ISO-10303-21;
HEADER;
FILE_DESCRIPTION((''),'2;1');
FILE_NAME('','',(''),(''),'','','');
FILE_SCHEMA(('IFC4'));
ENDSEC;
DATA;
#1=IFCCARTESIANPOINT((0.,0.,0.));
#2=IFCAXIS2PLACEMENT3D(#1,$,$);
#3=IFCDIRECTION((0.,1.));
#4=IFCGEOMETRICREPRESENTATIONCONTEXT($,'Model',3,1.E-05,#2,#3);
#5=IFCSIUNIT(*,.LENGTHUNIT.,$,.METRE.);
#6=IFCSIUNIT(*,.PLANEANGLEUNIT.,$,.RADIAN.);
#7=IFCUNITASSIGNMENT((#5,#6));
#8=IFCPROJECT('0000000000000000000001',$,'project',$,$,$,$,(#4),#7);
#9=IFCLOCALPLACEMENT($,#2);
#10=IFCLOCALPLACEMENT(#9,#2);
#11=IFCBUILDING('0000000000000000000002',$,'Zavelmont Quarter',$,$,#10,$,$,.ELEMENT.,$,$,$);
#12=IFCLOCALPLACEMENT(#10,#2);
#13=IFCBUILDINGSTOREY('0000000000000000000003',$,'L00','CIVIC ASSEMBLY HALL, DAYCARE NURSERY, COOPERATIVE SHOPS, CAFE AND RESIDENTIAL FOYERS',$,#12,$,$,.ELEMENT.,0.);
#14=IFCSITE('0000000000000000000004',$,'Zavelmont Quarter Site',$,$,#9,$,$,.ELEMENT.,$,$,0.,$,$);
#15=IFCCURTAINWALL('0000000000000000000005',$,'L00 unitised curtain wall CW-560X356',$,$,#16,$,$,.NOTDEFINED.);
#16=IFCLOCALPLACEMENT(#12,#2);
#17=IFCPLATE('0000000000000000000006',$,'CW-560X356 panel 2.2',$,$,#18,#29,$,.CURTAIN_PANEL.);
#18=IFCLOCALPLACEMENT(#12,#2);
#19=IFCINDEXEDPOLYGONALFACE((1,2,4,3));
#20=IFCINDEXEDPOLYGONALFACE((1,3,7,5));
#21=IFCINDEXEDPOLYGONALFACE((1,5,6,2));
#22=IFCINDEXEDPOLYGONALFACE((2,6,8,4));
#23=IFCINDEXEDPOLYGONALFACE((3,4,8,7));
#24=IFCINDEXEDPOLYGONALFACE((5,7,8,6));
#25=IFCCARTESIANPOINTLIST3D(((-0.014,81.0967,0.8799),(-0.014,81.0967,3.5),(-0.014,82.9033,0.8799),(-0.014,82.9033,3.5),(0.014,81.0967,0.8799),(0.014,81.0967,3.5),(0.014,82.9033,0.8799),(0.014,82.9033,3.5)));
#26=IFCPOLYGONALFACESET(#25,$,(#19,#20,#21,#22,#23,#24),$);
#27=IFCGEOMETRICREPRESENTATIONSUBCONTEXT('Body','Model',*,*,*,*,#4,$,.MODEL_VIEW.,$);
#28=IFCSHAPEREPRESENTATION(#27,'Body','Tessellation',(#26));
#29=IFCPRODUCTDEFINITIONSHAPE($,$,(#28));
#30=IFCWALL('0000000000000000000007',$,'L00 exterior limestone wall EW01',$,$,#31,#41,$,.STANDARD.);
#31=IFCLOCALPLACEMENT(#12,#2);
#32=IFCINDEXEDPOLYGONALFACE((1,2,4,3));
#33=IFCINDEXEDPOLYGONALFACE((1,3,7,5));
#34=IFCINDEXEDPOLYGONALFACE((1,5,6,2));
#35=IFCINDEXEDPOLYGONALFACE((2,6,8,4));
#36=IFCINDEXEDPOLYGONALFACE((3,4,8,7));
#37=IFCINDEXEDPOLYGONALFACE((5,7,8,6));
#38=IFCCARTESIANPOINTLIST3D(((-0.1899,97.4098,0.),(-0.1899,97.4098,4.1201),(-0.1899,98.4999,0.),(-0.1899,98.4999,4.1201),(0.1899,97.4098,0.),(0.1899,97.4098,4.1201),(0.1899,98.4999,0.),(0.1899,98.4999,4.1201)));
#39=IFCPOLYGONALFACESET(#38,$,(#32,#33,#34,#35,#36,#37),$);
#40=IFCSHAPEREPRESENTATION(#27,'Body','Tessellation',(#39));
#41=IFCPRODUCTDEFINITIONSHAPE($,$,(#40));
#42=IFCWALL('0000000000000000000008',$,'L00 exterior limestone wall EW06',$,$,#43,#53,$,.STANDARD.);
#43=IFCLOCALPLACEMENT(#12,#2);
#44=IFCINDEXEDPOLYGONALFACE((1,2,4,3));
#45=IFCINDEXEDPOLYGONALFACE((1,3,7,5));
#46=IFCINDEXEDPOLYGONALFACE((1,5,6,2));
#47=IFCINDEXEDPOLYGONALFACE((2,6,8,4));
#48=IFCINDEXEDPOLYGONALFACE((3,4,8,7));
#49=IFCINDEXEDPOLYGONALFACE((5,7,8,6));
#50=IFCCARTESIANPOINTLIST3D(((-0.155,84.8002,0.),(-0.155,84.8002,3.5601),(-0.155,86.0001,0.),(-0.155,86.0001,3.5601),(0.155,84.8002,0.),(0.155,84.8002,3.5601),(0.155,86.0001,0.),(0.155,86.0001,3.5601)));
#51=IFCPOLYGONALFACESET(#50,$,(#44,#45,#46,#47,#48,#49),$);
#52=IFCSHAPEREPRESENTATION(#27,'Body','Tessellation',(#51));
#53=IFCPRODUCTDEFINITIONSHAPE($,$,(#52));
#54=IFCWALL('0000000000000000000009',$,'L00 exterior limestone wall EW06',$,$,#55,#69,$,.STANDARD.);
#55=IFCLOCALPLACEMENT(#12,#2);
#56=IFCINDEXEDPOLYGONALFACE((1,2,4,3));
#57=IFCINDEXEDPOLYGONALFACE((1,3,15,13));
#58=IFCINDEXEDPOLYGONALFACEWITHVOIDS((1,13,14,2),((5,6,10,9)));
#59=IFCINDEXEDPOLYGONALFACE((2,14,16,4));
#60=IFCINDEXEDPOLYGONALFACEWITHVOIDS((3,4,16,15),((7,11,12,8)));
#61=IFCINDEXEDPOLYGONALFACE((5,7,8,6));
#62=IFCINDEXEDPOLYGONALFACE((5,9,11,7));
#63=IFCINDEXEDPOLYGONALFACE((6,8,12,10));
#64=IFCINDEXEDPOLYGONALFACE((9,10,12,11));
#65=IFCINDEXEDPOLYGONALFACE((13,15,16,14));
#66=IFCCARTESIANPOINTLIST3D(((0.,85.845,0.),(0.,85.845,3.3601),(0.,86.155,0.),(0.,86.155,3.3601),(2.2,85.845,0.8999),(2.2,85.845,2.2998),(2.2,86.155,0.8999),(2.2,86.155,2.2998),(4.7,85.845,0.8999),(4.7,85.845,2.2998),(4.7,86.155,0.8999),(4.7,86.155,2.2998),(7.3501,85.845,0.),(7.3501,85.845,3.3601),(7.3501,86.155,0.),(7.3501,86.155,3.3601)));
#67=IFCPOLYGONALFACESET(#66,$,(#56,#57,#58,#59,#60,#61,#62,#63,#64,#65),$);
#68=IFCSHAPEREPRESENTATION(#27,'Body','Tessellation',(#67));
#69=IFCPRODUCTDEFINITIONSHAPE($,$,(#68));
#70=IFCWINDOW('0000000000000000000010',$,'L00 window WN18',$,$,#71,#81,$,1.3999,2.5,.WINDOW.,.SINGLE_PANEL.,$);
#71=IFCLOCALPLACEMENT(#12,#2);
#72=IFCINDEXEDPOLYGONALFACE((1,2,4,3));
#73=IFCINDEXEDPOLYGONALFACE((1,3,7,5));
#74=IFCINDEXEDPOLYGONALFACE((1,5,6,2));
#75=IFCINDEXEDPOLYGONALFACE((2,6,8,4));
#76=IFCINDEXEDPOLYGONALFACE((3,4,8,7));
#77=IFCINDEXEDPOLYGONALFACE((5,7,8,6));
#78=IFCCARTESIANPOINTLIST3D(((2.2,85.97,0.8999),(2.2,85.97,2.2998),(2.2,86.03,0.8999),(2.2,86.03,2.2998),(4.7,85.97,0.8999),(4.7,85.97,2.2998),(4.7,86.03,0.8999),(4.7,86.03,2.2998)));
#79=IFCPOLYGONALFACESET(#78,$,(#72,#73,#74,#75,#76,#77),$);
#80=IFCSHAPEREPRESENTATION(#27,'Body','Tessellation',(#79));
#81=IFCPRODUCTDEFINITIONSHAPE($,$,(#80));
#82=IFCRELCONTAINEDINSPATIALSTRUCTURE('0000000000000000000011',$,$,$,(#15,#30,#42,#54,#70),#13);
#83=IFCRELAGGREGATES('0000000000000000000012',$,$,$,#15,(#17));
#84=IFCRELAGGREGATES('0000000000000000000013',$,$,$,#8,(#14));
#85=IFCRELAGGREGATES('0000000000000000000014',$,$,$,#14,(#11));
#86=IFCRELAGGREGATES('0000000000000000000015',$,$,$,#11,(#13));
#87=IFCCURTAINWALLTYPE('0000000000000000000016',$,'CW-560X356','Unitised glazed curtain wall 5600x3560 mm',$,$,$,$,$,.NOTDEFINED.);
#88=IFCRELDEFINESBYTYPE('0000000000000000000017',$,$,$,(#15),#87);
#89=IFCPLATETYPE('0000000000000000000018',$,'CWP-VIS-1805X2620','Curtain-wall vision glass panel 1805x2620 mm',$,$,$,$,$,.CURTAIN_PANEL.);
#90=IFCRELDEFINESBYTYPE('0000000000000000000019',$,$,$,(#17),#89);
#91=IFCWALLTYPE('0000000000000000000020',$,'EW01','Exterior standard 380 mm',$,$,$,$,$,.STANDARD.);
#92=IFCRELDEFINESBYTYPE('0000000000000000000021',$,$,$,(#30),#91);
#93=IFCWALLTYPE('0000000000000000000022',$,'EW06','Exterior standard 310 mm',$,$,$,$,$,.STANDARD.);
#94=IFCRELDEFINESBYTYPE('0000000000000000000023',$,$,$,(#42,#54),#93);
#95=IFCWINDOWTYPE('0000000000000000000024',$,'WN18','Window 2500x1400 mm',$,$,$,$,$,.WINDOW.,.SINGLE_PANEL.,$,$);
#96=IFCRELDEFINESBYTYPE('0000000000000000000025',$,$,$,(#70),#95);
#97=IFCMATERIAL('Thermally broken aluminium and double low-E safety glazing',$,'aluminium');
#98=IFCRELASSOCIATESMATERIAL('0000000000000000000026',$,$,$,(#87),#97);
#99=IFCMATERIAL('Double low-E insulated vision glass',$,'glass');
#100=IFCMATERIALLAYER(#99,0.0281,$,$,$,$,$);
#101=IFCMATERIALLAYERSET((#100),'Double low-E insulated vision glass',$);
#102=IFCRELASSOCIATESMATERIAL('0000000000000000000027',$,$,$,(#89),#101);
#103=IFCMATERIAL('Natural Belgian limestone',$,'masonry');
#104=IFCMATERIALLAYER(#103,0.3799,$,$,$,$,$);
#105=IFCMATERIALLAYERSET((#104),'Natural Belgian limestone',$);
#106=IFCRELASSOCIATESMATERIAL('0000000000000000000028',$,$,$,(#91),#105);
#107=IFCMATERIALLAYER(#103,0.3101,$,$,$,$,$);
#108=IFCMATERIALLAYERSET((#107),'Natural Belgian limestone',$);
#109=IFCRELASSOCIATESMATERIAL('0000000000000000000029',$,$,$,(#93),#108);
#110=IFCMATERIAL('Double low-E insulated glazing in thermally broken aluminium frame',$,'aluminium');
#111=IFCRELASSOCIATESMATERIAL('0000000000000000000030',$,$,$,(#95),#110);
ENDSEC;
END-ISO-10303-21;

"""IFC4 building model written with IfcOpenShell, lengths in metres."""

from ifc_helpers import new_model, si_unit, direction, frame, frame_2d, origin, origin_with_axes, origin_2d, place, context, subcontext, project, spatial, rectangle, extrude, material, layer, layer_set, type_object, element, fill, aggregate, save


model = new_model("IFC4")

# Units and contexts
model_context = context("Model", 3, precision=1e-05, world=origin(), true_north=direction((0.0, 1.0)))
body_context = subcontext(model_context, "Body", "Model", "MODEL_VIEW")
ifc_project = project(units=[si_unit("LENGTHUNIT", "METRE"), si_unit("PLANEANGLEUNIT", "RADIAN")], contexts=[model_context])

# Site, building, storey
site_placement = place(None, origin())
site = spatial("IfcSite", under=ifc_project, at=site_placement, Name="Zavelmont Quarter Site", CompositionType="ELEMENT", RefElevation=0.0)
building_placement = place(site_placement, origin())
building = spatial("IfcBuilding", under=site, at=building_placement, Name="Zavelmont Quarter", CompositionType="ELEMENT")
storey_placement = place(building_placement, origin())
storey = spatial("IfcBuildingStorey", under=building, at=storey_placement, Name="L00", Description="CIVIC ASSEMBLY HALL, DAYCARE NURSERY, COOPERATIVE SHOPS, CAFE AND RESIDENTIAL FOYERS", CompositionType="ELEMENT", Elevation=0.0)

# Curtain wall
ifc_material_1 = material(Name="Thermally broken aluminium and double low-E safety glazing", Category="aluminium")
curtain_wall_type_1 = type_object("IfcCurtainWallType", Name="CW-560X356", Description="Unitised glazed curtain wall 5600x3560 mm", PredefinedType="NOTDEFINED", material=ifc_material_1)
curtain_wall_1_placement = place(storey_placement, origin())
curtain_wall_1 = element("IfcCurtainWall", 1, at=curtain_wall_1_placement, inside=storey, type_object=curtain_wall_type_1, Name="L00 unitised curtain wall CW-560X356", PredefinedType="NOTDEFINED")

# Plate
ifc_material_2 = material(Name="Double low-E insulated vision glass", Category="glass")
ifc_layer_1 = layer(ifc_material_2, 0.0281)
ifc_layer_set_1 = layer_set([ifc_layer_1], Name="Double low-E insulated vision glass")
plate_type_1 = type_object("IfcPlateType", Name="CWP-VIS-1805X2620", Description="Curtain-wall vision glass panel 1805x2620 mm", PredefinedType="CURTAIN_PANEL", material=ifc_layer_set_1)
plate_1_placement = place(storey_placement, frame((0.0, 82.0, 0.8799), z_axis=(0.0, 0.0, 1.0), x_axis=(0.0, 1.0, 0.0)))
plate_1 = element("IfcPlate", 2, at=plate_1_placement, type_object=plate_type_1, Name="CW-560X356 panel 2.2", PredefinedType="CURTAIN_PANEL", context=body_context, shape_type="SweptSolid", body=[
    extrude(rectangle(XDim=1.8066, YDim=0.0281, at=origin_2d()), origin(), (0.0, 0.0, 1.0), 2.6201),
])
aggregate(curtain_wall_1, [plate_1])

# Walls
ifc_material_3 = material(Name="Natural Belgian limestone", Category="masonry")
ifc_layer_2 = layer(ifc_material_3, 0.3799)
ifc_layer_set_2 = layer_set([ifc_layer_2], Name="Natural Belgian limestone")
wall_type_1 = type_object("IfcWallType", Name="EW01", Description="Exterior standard 380 mm", PredefinedType="STANDARD", material=ifc_layer_set_2)
wall_1_placement = place(storey_placement, frame((0.0, 97.4099, 0.0), z_axis=(0.0, 0.0, 1.0), x_axis=(0.0, 1.0, 0.0)))
element("IfcWall", 3, at=wall_1_placement, inside=storey, type_object=wall_type_1, Name="L00 exterior limestone wall EW01", PredefinedType="STANDARD", context=body_context, shape_type="SweptSolid", body=[
    extrude(rectangle(XDim=1.0901, YDim=0.3799, at=frame_2d((0.5449, 0.0))), origin(), (0.0, 0.0, 1.0), 4.1201),
])
ifc_layer_3 = layer(ifc_material_3, 0.3101)
ifc_layer_set_3 = layer_set([ifc_layer_3], Name="Natural Belgian limestone")
wall_type_2 = type_object("IfcWallType", Name="EW06", Description="Exterior standard 310 mm", PredefinedType="STANDARD", material=ifc_layer_set_3)
wall_2_placement = place(storey_placement, frame((0.0, 84.8, 0.0), z_axis=(0.0, 0.0, 1.0), x_axis=(0.0, 1.0, 0.0)))
element("IfcWall", 4, at=wall_2_placement, inside=storey, type_object=wall_type_2, Name="L00 exterior limestone wall EW06", PredefinedType="STANDARD", context=body_context, shape_type="SweptSolid", body=[
    extrude(rectangle(XDim=1.2, YDim=0.3101, at=frame_2d((0.6001, 0.0))), origin(), (0.0, 0.0, 1.0), 3.5601),
])

# Wall, opening, window
wall_3_placement = place(storey_placement, frame((0.0, 86.0, 0.0), z_axis=(0.0, 0.0, 1.0), x_axis=(1.0, 0.0, 0.0)))
wall_3 = element("IfcWall", 5, at=wall_3_placement, inside=storey, type_object=wall_type_2, Name="L00 exterior limestone wall EW06", PredefinedType="STANDARD", context=body_context, shape_type="SweptSolid", body=[
    extrude(rectangle(XDim=7.3501, YDim=0.3101, at=frame_2d((3.675, 0.0))), origin(), (0.0, 0.0, 1.0), 3.3601),
])
opening_placement = place(wall_3_placement, frame((2.2, 0.0, 0.8999)))
opening = element("IfcOpeningElement", 6, at=opening_placement, cuts=wall_3, PredefinedType="OPENING", context=body_context, shape_type="SweptSolid", body=[
    extrude(rectangle(XDim=2.5, YDim=1.3999, at=frame_2d((1.25, 0.7))), frame((0.0, 0.167, 0.0), z_axis=(0.0, -1.0, 0.0), x_axis=(1.0, 0.0, 0.0)), (0.0, 0.0, 1.0), 0.334),
])
ifc_material_4 = material(Name="Double low-E insulated glazing in thermally broken aluminium frame", Category="aluminium")
window_type = type_object("IfcWindowType", Name="WN18", Description="Window 2500x1400 mm", PartitioningType="SINGLE_PANEL", PredefinedType="WINDOW", material=ifc_material_4)
window_placement = place(opening_placement, origin_with_axes())
window = element("IfcWindow", 7, at=window_placement, inside=storey, type_object=window_type, Name="L00 window WN18", OverallHeight=1.3999, OverallWidth=2.5, PartitioningType="SINGLE_PANEL", PredefinedType="WINDOW", context=body_context, shape_type="SweptSolid", body=[
    extrude(rectangle(XDim=2.5, YDim=1.3999, at=frame_2d((1.25, 0.7))), frame((0.0, 0.03, 0.0), z_axis=(0.0, -1.0, 0.0), x_axis=(1.0, 0.0, 0.0)), (0.0, 0.0, 1.0), 0.0601),
])
fill(opening, window)

save(model, "model.ifc")
